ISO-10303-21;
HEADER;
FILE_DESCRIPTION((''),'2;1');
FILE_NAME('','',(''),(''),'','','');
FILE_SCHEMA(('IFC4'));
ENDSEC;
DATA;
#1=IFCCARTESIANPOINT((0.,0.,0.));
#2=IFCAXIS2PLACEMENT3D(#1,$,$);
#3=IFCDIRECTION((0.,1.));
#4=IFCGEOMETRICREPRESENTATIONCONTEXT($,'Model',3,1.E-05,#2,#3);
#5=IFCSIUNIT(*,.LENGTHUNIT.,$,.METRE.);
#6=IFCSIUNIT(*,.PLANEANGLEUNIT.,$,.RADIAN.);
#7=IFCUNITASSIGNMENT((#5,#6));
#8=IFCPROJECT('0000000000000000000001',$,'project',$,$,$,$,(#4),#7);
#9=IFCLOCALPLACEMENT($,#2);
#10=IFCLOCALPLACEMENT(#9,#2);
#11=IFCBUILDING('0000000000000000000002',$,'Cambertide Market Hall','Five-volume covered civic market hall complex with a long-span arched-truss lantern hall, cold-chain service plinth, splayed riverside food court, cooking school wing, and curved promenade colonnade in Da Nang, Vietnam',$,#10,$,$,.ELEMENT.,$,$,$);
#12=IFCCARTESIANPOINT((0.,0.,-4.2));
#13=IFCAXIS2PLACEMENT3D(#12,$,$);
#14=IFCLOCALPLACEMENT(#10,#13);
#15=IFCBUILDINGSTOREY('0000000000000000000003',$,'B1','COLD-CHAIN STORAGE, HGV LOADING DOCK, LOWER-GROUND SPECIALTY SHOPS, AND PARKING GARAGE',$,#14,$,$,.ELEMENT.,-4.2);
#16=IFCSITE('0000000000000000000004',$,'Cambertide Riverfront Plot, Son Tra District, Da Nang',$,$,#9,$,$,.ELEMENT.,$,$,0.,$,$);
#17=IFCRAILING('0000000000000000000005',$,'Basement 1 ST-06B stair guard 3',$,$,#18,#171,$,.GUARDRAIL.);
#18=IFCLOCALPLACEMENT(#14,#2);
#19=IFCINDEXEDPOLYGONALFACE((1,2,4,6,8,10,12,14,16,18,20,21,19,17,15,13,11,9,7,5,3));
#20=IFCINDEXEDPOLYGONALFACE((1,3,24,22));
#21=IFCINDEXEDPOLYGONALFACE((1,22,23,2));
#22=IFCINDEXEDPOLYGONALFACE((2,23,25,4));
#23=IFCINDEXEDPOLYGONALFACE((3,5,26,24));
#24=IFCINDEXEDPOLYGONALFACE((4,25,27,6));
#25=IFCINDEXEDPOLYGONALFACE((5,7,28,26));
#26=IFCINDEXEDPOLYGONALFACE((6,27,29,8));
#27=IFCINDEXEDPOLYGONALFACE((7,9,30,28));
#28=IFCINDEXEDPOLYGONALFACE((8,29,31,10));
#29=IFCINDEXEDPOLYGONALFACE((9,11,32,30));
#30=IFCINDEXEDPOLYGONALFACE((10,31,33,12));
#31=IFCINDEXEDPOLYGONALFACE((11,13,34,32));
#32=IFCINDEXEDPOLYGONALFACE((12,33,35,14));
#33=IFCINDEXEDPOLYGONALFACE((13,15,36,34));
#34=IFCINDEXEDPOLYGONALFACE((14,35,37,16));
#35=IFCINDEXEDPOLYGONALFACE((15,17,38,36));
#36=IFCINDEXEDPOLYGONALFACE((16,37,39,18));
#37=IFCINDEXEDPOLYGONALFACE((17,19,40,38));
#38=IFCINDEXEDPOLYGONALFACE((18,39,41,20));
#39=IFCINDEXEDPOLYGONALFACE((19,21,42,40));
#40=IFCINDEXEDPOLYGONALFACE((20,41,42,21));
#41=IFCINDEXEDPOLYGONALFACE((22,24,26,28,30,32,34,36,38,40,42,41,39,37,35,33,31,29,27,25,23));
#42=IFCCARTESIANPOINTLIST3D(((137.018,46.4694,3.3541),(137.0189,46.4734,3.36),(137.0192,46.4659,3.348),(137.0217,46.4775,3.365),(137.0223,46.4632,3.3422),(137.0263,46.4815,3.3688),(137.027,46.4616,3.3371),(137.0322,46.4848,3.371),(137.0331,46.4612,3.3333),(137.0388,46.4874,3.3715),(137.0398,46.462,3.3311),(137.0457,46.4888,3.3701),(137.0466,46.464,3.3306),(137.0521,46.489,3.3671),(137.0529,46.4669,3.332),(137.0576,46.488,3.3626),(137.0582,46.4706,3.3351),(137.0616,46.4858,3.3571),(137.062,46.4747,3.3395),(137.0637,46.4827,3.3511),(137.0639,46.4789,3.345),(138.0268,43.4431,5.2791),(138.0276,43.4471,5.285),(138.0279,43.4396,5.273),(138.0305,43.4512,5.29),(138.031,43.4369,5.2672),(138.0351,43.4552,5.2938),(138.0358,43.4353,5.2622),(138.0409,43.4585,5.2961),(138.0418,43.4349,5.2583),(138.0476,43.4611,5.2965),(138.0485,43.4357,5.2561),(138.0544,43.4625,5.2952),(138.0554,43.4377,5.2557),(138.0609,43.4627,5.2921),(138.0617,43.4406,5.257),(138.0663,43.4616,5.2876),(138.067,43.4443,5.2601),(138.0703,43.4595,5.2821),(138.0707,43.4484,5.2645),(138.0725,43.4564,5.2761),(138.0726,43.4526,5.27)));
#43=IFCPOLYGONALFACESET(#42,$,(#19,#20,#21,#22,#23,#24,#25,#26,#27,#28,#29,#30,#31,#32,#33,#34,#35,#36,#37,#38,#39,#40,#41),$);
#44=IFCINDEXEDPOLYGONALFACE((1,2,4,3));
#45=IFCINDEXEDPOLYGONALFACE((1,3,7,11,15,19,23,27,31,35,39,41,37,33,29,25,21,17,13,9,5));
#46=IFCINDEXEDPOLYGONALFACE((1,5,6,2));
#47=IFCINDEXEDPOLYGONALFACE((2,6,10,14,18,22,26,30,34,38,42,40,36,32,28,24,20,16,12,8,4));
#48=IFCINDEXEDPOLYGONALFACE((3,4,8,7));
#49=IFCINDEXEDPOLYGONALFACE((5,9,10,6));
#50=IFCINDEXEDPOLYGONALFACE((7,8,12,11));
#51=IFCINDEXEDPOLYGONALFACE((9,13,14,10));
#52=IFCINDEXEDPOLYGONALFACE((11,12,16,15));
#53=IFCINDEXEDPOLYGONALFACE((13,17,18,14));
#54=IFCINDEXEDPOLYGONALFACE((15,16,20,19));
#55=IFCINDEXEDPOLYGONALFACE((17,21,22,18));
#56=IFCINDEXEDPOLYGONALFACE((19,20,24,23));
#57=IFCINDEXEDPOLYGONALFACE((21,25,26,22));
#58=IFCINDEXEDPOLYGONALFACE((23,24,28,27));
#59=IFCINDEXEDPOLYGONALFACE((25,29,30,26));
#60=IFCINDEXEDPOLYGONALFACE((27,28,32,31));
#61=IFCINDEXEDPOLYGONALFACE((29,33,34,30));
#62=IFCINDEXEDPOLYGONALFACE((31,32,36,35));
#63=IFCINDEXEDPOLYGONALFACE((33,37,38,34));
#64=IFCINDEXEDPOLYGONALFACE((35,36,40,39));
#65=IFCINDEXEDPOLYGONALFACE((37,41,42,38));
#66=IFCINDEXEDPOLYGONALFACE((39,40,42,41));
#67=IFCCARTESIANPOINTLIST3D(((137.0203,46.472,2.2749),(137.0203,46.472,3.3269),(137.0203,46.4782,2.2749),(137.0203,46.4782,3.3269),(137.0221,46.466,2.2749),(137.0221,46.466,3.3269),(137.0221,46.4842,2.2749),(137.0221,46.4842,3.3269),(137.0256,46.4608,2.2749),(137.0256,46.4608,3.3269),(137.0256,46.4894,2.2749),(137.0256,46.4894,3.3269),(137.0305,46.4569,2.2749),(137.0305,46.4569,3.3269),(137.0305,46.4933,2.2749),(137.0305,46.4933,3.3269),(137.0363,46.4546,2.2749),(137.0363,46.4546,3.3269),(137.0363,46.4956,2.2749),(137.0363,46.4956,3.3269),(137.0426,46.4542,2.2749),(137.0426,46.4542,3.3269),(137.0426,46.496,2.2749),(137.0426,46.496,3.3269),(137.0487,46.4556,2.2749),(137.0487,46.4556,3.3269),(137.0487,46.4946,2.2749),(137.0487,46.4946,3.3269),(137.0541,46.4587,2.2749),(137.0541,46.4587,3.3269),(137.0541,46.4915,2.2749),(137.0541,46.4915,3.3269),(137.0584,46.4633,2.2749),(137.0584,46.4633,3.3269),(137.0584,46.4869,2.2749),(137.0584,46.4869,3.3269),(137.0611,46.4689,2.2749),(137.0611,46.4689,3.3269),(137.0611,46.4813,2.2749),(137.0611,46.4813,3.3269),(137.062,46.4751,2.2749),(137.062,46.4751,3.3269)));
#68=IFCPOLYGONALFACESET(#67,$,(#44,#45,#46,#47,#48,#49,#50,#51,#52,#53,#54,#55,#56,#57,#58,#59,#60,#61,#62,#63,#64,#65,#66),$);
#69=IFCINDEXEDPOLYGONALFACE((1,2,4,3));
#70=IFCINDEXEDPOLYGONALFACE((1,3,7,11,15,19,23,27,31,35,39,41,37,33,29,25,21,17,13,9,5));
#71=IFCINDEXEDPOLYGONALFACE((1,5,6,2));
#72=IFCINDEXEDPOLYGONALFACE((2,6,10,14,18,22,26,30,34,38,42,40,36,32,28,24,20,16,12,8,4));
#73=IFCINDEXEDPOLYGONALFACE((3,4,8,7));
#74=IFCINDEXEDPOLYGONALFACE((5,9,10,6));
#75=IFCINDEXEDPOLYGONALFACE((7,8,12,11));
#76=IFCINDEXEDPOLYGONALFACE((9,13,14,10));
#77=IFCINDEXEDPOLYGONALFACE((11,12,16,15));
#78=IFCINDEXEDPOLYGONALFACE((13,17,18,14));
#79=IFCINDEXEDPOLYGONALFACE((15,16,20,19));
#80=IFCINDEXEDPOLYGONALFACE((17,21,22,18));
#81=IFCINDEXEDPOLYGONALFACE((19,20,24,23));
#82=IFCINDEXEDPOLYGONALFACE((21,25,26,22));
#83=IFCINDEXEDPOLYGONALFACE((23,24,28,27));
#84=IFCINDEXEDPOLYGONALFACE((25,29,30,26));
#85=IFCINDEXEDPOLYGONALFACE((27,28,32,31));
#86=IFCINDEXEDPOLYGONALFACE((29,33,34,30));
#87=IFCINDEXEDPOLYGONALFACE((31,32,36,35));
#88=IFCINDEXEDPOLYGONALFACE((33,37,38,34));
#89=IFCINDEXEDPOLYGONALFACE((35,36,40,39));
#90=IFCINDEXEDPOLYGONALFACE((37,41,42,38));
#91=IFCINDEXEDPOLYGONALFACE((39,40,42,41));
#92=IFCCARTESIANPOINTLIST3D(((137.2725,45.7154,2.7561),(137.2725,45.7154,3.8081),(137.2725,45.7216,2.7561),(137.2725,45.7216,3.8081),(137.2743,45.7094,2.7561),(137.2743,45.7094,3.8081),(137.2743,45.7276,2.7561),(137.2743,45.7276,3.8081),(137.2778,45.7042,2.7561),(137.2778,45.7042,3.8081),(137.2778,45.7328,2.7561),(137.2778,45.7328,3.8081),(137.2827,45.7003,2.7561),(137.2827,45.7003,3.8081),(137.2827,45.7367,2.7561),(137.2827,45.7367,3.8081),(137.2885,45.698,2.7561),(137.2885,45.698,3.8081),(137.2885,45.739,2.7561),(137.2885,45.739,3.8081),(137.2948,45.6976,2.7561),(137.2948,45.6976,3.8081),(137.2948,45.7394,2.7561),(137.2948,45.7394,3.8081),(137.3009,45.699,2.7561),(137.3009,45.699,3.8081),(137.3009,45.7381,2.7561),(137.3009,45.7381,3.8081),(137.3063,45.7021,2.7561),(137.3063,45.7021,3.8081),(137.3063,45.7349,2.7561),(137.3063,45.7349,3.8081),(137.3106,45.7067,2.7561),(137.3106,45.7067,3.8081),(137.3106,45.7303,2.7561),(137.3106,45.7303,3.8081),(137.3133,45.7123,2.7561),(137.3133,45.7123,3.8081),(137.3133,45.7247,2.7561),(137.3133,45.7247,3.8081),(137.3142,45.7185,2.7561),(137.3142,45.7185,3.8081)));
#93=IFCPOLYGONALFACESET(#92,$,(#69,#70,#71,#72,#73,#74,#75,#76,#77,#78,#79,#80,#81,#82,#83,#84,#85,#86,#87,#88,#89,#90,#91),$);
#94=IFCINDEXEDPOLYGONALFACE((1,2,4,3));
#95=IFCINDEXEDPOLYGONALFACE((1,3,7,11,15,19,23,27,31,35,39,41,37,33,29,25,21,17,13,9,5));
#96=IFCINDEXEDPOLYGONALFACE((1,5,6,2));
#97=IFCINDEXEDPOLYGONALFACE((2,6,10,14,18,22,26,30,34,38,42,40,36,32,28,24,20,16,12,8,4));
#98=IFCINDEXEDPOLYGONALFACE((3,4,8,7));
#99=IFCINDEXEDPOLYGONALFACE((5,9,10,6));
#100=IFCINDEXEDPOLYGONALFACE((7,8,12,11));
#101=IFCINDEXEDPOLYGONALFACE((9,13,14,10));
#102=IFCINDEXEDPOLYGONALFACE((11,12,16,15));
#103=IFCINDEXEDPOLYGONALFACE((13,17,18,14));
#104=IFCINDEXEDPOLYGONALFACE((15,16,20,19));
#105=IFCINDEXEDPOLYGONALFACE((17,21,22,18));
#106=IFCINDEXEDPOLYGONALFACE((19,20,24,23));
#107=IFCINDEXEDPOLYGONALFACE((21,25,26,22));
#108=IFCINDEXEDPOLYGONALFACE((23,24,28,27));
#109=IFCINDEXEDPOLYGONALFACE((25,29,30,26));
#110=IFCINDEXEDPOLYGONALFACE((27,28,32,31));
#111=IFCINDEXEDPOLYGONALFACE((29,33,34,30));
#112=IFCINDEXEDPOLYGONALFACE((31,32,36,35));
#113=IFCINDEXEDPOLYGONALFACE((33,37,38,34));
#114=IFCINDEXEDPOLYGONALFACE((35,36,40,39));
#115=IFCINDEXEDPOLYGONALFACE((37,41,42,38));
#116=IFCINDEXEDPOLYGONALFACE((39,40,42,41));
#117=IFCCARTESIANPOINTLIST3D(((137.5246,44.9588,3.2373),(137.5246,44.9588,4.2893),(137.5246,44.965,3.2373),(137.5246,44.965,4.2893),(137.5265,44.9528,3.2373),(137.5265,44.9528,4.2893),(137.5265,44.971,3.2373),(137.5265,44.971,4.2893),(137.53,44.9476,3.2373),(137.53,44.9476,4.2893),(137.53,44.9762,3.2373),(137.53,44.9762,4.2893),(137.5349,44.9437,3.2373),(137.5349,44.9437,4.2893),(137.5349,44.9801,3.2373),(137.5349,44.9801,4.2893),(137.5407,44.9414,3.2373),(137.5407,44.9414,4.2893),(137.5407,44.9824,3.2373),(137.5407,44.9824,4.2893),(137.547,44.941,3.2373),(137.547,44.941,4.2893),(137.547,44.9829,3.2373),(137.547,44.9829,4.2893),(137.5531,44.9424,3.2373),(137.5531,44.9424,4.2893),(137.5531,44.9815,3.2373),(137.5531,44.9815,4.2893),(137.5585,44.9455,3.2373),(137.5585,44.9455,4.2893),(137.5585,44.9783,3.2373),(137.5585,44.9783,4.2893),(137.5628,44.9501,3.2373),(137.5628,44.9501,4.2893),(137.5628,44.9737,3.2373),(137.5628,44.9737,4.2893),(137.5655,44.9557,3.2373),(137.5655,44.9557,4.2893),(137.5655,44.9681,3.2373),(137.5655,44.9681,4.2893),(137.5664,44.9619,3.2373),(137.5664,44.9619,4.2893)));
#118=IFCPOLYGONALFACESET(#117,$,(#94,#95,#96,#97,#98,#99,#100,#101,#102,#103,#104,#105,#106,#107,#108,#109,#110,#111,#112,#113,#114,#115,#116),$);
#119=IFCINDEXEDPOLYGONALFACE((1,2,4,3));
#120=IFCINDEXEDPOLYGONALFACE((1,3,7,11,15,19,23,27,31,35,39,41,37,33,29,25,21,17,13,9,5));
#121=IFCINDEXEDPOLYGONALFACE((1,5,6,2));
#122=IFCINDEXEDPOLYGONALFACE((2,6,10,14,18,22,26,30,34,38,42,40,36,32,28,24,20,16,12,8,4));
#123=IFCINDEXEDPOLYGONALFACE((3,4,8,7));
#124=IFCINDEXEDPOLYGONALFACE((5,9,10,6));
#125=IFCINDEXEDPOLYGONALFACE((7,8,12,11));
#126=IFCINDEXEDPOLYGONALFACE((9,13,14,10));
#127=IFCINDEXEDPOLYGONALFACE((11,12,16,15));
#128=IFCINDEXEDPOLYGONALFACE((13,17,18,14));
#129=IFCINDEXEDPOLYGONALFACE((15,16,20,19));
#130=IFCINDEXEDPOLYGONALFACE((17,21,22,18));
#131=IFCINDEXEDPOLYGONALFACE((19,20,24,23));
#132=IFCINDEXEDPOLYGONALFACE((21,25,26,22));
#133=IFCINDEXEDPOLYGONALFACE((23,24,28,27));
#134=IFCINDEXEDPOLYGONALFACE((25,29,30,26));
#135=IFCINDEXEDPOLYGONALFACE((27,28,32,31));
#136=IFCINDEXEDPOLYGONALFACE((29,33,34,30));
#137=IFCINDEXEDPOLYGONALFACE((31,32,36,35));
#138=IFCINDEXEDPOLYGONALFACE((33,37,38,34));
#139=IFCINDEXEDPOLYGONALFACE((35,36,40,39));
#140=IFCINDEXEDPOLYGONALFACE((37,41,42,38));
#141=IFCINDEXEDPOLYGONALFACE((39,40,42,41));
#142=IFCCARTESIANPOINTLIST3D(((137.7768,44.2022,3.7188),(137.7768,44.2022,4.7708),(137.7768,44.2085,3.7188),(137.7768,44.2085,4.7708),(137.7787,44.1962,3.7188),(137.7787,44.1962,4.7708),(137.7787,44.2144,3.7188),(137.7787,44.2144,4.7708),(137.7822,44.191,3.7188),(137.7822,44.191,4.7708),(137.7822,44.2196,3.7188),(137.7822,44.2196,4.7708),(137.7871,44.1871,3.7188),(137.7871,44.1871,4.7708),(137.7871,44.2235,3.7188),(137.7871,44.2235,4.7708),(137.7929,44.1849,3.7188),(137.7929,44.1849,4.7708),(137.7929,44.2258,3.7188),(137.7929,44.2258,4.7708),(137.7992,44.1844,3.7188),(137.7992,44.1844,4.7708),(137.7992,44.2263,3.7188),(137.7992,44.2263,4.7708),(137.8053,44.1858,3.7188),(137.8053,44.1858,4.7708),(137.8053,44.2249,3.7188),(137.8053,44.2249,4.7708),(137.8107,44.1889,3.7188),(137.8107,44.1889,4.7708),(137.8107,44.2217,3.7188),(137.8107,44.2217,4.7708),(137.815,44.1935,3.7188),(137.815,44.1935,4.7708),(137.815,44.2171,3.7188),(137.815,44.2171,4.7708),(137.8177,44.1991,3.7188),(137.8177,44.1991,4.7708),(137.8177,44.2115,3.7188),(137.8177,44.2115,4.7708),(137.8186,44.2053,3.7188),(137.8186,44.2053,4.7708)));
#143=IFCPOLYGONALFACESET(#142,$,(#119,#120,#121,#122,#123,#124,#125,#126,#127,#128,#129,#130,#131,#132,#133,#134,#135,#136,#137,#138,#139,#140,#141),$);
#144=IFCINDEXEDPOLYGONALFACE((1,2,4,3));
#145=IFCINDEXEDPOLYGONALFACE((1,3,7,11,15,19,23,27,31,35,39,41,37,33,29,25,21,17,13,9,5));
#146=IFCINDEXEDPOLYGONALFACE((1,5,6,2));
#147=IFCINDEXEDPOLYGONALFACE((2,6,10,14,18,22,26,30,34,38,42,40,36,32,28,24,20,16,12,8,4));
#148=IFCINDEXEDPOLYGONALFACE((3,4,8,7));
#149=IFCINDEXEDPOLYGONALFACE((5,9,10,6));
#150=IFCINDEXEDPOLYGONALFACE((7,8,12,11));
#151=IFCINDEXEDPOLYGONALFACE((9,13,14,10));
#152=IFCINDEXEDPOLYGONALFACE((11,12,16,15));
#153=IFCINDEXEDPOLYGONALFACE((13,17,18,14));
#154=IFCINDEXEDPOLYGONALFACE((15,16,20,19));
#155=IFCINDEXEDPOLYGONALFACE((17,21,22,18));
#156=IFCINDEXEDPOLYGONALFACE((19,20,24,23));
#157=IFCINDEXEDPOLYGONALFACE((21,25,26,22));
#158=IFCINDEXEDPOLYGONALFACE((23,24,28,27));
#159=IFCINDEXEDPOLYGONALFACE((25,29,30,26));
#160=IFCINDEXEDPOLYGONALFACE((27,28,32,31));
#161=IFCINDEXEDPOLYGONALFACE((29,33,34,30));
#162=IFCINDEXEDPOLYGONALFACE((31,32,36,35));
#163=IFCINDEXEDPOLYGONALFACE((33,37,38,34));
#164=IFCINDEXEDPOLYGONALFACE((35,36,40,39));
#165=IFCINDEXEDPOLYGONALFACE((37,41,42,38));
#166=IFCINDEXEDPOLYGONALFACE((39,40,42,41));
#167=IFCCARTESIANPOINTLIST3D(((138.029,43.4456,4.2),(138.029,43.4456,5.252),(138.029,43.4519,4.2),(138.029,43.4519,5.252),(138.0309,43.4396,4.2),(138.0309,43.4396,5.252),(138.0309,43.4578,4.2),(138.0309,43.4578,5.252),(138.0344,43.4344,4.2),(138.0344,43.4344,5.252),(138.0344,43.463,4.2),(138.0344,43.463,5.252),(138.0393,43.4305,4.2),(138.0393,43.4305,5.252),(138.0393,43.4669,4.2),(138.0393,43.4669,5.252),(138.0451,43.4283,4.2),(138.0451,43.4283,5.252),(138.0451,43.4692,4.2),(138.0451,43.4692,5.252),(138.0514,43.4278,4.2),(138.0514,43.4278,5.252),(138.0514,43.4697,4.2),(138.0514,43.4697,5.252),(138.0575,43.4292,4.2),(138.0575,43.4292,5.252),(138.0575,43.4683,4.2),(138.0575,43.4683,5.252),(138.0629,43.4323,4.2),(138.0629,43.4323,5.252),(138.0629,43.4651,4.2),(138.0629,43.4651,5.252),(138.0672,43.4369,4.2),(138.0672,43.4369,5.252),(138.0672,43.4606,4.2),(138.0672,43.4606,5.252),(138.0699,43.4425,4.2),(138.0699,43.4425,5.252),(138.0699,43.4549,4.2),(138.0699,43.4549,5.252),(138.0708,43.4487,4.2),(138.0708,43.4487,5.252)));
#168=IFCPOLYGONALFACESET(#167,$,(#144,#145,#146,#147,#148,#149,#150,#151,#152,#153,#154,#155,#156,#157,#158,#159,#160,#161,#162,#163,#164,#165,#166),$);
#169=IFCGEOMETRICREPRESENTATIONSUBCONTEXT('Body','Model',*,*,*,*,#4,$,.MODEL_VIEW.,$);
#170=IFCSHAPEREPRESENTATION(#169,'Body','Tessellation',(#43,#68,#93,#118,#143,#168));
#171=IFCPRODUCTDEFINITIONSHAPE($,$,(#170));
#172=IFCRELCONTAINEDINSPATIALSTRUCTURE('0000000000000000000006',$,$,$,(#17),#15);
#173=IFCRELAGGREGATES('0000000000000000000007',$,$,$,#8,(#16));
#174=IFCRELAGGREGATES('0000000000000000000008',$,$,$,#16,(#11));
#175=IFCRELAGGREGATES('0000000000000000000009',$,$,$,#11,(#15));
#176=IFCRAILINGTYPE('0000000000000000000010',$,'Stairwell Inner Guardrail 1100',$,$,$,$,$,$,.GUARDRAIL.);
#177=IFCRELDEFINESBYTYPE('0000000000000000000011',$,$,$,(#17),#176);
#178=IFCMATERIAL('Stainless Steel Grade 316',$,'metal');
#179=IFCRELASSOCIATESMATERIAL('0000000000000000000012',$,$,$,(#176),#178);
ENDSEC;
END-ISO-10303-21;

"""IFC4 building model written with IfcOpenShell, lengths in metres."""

from ifc_helpers import new_model, si_unit, direction, frame, origin, origin_2d, place, context, subcontext, project, spatial, circle, extrude, material, type_object, element, save


model = new_model("IFC4")

# Units and contexts
model_context = context("Model", 3, precision=1e-05, world=origin(), true_north=direction((0.0, 1.0)))
body_context = subcontext(model_context, "Body", "Model", "MODEL_VIEW")
ifc_project = project(units=[si_unit("LENGTHUNIT", "METRE"), si_unit("PLANEANGLEUNIT", "RADIAN")], contexts=[model_context])

# Site, building, storey
site_placement = place(None, origin())
site = spatial("IfcSite", under=ifc_project, at=site_placement, Name="Cambertide Riverfront Plot, Son Tra District, Da Nang", CompositionType="ELEMENT", RefElevation=0.0)
building_placement = place(site_placement, origin())
building = spatial("IfcBuilding", under=site, at=building_placement, Name="Cambertide Market Hall", Description="Five-volume covered civic market hall complex with a long-span arched-truss lantern hall, cold-chain service plinth, splayed riverside food court, cooking school wing, and curved promenade colonnade in Da Nang, Vietnam", CompositionType="ELEMENT")
storey_placement = place(building_placement, frame((0.0, 0.0, -4.2)))
storey = spatial("IfcBuildingStorey", under=building, at=storey_placement, Name="B1", Description="COLD-CHAIN STORAGE, HGV LOADING DOCK, LOWER-GROUND SPECIALTY SHOPS, AND PARKING GARAGE", CompositionType="ELEMENT", Elevation=-4.2)

# Railing
ifc_material_1 = material(Name="Stainless Steel Grade 316", Category="metal")
railing_type_1 = type_object("IfcRailingType", Name="Stairwell Inner Guardrail 1100", PredefinedType="GUARDRAIL", material=ifc_material_1)
railing_1_placement = place(storey_placement, frame((137.041, 46.4751, 2.2749)))
element("IfcRailing", 1, at=railing_1_placement, inside=storey, type_object=railing_type_1, Name="Basement 1 ST-06B stair guard 3", PredefinedType="GUARDRAIL", context=body_context, shape_type="SweptSolid", body=[
    extrude(circle(Radius=0.0239, at=origin_2d()), frame((0.0, 0.0, 1.0762), z_axis=(0.27075, -0.81225, 0.516666), x_axis=(0.948683, 0.316228, 0.0)), (0.0, 0.0, 1.0), 3.7258),
    extrude(circle(Radius=0.021, at=origin_2d()), origin(), (0.0, 0.0, 1.0), 1.052),
    extrude(circle(Radius=0.021, at=origin_2d()), frame((0.2522, -0.7566, 0.4812)), (0.0, 0.0, 1.0), 1.052),
    extrude(circle(Radius=0.021, at=origin_2d()), frame((0.5044, -1.5132, 0.9624)), (0.0, 0.0, 1.0), 1.052),
    extrude(circle(Radius=0.021, at=origin_2d()), frame((0.7566, -2.2698, 1.4438)), (0.0, 0.0, 1.0), 1.052),
    extrude(circle(Radius=0.021, at=origin_2d()), frame((1.0088, -3.0264, 1.925)), (0.0, 0.0, 1.0), 1.052),
])

save(model, "model.ifc")
